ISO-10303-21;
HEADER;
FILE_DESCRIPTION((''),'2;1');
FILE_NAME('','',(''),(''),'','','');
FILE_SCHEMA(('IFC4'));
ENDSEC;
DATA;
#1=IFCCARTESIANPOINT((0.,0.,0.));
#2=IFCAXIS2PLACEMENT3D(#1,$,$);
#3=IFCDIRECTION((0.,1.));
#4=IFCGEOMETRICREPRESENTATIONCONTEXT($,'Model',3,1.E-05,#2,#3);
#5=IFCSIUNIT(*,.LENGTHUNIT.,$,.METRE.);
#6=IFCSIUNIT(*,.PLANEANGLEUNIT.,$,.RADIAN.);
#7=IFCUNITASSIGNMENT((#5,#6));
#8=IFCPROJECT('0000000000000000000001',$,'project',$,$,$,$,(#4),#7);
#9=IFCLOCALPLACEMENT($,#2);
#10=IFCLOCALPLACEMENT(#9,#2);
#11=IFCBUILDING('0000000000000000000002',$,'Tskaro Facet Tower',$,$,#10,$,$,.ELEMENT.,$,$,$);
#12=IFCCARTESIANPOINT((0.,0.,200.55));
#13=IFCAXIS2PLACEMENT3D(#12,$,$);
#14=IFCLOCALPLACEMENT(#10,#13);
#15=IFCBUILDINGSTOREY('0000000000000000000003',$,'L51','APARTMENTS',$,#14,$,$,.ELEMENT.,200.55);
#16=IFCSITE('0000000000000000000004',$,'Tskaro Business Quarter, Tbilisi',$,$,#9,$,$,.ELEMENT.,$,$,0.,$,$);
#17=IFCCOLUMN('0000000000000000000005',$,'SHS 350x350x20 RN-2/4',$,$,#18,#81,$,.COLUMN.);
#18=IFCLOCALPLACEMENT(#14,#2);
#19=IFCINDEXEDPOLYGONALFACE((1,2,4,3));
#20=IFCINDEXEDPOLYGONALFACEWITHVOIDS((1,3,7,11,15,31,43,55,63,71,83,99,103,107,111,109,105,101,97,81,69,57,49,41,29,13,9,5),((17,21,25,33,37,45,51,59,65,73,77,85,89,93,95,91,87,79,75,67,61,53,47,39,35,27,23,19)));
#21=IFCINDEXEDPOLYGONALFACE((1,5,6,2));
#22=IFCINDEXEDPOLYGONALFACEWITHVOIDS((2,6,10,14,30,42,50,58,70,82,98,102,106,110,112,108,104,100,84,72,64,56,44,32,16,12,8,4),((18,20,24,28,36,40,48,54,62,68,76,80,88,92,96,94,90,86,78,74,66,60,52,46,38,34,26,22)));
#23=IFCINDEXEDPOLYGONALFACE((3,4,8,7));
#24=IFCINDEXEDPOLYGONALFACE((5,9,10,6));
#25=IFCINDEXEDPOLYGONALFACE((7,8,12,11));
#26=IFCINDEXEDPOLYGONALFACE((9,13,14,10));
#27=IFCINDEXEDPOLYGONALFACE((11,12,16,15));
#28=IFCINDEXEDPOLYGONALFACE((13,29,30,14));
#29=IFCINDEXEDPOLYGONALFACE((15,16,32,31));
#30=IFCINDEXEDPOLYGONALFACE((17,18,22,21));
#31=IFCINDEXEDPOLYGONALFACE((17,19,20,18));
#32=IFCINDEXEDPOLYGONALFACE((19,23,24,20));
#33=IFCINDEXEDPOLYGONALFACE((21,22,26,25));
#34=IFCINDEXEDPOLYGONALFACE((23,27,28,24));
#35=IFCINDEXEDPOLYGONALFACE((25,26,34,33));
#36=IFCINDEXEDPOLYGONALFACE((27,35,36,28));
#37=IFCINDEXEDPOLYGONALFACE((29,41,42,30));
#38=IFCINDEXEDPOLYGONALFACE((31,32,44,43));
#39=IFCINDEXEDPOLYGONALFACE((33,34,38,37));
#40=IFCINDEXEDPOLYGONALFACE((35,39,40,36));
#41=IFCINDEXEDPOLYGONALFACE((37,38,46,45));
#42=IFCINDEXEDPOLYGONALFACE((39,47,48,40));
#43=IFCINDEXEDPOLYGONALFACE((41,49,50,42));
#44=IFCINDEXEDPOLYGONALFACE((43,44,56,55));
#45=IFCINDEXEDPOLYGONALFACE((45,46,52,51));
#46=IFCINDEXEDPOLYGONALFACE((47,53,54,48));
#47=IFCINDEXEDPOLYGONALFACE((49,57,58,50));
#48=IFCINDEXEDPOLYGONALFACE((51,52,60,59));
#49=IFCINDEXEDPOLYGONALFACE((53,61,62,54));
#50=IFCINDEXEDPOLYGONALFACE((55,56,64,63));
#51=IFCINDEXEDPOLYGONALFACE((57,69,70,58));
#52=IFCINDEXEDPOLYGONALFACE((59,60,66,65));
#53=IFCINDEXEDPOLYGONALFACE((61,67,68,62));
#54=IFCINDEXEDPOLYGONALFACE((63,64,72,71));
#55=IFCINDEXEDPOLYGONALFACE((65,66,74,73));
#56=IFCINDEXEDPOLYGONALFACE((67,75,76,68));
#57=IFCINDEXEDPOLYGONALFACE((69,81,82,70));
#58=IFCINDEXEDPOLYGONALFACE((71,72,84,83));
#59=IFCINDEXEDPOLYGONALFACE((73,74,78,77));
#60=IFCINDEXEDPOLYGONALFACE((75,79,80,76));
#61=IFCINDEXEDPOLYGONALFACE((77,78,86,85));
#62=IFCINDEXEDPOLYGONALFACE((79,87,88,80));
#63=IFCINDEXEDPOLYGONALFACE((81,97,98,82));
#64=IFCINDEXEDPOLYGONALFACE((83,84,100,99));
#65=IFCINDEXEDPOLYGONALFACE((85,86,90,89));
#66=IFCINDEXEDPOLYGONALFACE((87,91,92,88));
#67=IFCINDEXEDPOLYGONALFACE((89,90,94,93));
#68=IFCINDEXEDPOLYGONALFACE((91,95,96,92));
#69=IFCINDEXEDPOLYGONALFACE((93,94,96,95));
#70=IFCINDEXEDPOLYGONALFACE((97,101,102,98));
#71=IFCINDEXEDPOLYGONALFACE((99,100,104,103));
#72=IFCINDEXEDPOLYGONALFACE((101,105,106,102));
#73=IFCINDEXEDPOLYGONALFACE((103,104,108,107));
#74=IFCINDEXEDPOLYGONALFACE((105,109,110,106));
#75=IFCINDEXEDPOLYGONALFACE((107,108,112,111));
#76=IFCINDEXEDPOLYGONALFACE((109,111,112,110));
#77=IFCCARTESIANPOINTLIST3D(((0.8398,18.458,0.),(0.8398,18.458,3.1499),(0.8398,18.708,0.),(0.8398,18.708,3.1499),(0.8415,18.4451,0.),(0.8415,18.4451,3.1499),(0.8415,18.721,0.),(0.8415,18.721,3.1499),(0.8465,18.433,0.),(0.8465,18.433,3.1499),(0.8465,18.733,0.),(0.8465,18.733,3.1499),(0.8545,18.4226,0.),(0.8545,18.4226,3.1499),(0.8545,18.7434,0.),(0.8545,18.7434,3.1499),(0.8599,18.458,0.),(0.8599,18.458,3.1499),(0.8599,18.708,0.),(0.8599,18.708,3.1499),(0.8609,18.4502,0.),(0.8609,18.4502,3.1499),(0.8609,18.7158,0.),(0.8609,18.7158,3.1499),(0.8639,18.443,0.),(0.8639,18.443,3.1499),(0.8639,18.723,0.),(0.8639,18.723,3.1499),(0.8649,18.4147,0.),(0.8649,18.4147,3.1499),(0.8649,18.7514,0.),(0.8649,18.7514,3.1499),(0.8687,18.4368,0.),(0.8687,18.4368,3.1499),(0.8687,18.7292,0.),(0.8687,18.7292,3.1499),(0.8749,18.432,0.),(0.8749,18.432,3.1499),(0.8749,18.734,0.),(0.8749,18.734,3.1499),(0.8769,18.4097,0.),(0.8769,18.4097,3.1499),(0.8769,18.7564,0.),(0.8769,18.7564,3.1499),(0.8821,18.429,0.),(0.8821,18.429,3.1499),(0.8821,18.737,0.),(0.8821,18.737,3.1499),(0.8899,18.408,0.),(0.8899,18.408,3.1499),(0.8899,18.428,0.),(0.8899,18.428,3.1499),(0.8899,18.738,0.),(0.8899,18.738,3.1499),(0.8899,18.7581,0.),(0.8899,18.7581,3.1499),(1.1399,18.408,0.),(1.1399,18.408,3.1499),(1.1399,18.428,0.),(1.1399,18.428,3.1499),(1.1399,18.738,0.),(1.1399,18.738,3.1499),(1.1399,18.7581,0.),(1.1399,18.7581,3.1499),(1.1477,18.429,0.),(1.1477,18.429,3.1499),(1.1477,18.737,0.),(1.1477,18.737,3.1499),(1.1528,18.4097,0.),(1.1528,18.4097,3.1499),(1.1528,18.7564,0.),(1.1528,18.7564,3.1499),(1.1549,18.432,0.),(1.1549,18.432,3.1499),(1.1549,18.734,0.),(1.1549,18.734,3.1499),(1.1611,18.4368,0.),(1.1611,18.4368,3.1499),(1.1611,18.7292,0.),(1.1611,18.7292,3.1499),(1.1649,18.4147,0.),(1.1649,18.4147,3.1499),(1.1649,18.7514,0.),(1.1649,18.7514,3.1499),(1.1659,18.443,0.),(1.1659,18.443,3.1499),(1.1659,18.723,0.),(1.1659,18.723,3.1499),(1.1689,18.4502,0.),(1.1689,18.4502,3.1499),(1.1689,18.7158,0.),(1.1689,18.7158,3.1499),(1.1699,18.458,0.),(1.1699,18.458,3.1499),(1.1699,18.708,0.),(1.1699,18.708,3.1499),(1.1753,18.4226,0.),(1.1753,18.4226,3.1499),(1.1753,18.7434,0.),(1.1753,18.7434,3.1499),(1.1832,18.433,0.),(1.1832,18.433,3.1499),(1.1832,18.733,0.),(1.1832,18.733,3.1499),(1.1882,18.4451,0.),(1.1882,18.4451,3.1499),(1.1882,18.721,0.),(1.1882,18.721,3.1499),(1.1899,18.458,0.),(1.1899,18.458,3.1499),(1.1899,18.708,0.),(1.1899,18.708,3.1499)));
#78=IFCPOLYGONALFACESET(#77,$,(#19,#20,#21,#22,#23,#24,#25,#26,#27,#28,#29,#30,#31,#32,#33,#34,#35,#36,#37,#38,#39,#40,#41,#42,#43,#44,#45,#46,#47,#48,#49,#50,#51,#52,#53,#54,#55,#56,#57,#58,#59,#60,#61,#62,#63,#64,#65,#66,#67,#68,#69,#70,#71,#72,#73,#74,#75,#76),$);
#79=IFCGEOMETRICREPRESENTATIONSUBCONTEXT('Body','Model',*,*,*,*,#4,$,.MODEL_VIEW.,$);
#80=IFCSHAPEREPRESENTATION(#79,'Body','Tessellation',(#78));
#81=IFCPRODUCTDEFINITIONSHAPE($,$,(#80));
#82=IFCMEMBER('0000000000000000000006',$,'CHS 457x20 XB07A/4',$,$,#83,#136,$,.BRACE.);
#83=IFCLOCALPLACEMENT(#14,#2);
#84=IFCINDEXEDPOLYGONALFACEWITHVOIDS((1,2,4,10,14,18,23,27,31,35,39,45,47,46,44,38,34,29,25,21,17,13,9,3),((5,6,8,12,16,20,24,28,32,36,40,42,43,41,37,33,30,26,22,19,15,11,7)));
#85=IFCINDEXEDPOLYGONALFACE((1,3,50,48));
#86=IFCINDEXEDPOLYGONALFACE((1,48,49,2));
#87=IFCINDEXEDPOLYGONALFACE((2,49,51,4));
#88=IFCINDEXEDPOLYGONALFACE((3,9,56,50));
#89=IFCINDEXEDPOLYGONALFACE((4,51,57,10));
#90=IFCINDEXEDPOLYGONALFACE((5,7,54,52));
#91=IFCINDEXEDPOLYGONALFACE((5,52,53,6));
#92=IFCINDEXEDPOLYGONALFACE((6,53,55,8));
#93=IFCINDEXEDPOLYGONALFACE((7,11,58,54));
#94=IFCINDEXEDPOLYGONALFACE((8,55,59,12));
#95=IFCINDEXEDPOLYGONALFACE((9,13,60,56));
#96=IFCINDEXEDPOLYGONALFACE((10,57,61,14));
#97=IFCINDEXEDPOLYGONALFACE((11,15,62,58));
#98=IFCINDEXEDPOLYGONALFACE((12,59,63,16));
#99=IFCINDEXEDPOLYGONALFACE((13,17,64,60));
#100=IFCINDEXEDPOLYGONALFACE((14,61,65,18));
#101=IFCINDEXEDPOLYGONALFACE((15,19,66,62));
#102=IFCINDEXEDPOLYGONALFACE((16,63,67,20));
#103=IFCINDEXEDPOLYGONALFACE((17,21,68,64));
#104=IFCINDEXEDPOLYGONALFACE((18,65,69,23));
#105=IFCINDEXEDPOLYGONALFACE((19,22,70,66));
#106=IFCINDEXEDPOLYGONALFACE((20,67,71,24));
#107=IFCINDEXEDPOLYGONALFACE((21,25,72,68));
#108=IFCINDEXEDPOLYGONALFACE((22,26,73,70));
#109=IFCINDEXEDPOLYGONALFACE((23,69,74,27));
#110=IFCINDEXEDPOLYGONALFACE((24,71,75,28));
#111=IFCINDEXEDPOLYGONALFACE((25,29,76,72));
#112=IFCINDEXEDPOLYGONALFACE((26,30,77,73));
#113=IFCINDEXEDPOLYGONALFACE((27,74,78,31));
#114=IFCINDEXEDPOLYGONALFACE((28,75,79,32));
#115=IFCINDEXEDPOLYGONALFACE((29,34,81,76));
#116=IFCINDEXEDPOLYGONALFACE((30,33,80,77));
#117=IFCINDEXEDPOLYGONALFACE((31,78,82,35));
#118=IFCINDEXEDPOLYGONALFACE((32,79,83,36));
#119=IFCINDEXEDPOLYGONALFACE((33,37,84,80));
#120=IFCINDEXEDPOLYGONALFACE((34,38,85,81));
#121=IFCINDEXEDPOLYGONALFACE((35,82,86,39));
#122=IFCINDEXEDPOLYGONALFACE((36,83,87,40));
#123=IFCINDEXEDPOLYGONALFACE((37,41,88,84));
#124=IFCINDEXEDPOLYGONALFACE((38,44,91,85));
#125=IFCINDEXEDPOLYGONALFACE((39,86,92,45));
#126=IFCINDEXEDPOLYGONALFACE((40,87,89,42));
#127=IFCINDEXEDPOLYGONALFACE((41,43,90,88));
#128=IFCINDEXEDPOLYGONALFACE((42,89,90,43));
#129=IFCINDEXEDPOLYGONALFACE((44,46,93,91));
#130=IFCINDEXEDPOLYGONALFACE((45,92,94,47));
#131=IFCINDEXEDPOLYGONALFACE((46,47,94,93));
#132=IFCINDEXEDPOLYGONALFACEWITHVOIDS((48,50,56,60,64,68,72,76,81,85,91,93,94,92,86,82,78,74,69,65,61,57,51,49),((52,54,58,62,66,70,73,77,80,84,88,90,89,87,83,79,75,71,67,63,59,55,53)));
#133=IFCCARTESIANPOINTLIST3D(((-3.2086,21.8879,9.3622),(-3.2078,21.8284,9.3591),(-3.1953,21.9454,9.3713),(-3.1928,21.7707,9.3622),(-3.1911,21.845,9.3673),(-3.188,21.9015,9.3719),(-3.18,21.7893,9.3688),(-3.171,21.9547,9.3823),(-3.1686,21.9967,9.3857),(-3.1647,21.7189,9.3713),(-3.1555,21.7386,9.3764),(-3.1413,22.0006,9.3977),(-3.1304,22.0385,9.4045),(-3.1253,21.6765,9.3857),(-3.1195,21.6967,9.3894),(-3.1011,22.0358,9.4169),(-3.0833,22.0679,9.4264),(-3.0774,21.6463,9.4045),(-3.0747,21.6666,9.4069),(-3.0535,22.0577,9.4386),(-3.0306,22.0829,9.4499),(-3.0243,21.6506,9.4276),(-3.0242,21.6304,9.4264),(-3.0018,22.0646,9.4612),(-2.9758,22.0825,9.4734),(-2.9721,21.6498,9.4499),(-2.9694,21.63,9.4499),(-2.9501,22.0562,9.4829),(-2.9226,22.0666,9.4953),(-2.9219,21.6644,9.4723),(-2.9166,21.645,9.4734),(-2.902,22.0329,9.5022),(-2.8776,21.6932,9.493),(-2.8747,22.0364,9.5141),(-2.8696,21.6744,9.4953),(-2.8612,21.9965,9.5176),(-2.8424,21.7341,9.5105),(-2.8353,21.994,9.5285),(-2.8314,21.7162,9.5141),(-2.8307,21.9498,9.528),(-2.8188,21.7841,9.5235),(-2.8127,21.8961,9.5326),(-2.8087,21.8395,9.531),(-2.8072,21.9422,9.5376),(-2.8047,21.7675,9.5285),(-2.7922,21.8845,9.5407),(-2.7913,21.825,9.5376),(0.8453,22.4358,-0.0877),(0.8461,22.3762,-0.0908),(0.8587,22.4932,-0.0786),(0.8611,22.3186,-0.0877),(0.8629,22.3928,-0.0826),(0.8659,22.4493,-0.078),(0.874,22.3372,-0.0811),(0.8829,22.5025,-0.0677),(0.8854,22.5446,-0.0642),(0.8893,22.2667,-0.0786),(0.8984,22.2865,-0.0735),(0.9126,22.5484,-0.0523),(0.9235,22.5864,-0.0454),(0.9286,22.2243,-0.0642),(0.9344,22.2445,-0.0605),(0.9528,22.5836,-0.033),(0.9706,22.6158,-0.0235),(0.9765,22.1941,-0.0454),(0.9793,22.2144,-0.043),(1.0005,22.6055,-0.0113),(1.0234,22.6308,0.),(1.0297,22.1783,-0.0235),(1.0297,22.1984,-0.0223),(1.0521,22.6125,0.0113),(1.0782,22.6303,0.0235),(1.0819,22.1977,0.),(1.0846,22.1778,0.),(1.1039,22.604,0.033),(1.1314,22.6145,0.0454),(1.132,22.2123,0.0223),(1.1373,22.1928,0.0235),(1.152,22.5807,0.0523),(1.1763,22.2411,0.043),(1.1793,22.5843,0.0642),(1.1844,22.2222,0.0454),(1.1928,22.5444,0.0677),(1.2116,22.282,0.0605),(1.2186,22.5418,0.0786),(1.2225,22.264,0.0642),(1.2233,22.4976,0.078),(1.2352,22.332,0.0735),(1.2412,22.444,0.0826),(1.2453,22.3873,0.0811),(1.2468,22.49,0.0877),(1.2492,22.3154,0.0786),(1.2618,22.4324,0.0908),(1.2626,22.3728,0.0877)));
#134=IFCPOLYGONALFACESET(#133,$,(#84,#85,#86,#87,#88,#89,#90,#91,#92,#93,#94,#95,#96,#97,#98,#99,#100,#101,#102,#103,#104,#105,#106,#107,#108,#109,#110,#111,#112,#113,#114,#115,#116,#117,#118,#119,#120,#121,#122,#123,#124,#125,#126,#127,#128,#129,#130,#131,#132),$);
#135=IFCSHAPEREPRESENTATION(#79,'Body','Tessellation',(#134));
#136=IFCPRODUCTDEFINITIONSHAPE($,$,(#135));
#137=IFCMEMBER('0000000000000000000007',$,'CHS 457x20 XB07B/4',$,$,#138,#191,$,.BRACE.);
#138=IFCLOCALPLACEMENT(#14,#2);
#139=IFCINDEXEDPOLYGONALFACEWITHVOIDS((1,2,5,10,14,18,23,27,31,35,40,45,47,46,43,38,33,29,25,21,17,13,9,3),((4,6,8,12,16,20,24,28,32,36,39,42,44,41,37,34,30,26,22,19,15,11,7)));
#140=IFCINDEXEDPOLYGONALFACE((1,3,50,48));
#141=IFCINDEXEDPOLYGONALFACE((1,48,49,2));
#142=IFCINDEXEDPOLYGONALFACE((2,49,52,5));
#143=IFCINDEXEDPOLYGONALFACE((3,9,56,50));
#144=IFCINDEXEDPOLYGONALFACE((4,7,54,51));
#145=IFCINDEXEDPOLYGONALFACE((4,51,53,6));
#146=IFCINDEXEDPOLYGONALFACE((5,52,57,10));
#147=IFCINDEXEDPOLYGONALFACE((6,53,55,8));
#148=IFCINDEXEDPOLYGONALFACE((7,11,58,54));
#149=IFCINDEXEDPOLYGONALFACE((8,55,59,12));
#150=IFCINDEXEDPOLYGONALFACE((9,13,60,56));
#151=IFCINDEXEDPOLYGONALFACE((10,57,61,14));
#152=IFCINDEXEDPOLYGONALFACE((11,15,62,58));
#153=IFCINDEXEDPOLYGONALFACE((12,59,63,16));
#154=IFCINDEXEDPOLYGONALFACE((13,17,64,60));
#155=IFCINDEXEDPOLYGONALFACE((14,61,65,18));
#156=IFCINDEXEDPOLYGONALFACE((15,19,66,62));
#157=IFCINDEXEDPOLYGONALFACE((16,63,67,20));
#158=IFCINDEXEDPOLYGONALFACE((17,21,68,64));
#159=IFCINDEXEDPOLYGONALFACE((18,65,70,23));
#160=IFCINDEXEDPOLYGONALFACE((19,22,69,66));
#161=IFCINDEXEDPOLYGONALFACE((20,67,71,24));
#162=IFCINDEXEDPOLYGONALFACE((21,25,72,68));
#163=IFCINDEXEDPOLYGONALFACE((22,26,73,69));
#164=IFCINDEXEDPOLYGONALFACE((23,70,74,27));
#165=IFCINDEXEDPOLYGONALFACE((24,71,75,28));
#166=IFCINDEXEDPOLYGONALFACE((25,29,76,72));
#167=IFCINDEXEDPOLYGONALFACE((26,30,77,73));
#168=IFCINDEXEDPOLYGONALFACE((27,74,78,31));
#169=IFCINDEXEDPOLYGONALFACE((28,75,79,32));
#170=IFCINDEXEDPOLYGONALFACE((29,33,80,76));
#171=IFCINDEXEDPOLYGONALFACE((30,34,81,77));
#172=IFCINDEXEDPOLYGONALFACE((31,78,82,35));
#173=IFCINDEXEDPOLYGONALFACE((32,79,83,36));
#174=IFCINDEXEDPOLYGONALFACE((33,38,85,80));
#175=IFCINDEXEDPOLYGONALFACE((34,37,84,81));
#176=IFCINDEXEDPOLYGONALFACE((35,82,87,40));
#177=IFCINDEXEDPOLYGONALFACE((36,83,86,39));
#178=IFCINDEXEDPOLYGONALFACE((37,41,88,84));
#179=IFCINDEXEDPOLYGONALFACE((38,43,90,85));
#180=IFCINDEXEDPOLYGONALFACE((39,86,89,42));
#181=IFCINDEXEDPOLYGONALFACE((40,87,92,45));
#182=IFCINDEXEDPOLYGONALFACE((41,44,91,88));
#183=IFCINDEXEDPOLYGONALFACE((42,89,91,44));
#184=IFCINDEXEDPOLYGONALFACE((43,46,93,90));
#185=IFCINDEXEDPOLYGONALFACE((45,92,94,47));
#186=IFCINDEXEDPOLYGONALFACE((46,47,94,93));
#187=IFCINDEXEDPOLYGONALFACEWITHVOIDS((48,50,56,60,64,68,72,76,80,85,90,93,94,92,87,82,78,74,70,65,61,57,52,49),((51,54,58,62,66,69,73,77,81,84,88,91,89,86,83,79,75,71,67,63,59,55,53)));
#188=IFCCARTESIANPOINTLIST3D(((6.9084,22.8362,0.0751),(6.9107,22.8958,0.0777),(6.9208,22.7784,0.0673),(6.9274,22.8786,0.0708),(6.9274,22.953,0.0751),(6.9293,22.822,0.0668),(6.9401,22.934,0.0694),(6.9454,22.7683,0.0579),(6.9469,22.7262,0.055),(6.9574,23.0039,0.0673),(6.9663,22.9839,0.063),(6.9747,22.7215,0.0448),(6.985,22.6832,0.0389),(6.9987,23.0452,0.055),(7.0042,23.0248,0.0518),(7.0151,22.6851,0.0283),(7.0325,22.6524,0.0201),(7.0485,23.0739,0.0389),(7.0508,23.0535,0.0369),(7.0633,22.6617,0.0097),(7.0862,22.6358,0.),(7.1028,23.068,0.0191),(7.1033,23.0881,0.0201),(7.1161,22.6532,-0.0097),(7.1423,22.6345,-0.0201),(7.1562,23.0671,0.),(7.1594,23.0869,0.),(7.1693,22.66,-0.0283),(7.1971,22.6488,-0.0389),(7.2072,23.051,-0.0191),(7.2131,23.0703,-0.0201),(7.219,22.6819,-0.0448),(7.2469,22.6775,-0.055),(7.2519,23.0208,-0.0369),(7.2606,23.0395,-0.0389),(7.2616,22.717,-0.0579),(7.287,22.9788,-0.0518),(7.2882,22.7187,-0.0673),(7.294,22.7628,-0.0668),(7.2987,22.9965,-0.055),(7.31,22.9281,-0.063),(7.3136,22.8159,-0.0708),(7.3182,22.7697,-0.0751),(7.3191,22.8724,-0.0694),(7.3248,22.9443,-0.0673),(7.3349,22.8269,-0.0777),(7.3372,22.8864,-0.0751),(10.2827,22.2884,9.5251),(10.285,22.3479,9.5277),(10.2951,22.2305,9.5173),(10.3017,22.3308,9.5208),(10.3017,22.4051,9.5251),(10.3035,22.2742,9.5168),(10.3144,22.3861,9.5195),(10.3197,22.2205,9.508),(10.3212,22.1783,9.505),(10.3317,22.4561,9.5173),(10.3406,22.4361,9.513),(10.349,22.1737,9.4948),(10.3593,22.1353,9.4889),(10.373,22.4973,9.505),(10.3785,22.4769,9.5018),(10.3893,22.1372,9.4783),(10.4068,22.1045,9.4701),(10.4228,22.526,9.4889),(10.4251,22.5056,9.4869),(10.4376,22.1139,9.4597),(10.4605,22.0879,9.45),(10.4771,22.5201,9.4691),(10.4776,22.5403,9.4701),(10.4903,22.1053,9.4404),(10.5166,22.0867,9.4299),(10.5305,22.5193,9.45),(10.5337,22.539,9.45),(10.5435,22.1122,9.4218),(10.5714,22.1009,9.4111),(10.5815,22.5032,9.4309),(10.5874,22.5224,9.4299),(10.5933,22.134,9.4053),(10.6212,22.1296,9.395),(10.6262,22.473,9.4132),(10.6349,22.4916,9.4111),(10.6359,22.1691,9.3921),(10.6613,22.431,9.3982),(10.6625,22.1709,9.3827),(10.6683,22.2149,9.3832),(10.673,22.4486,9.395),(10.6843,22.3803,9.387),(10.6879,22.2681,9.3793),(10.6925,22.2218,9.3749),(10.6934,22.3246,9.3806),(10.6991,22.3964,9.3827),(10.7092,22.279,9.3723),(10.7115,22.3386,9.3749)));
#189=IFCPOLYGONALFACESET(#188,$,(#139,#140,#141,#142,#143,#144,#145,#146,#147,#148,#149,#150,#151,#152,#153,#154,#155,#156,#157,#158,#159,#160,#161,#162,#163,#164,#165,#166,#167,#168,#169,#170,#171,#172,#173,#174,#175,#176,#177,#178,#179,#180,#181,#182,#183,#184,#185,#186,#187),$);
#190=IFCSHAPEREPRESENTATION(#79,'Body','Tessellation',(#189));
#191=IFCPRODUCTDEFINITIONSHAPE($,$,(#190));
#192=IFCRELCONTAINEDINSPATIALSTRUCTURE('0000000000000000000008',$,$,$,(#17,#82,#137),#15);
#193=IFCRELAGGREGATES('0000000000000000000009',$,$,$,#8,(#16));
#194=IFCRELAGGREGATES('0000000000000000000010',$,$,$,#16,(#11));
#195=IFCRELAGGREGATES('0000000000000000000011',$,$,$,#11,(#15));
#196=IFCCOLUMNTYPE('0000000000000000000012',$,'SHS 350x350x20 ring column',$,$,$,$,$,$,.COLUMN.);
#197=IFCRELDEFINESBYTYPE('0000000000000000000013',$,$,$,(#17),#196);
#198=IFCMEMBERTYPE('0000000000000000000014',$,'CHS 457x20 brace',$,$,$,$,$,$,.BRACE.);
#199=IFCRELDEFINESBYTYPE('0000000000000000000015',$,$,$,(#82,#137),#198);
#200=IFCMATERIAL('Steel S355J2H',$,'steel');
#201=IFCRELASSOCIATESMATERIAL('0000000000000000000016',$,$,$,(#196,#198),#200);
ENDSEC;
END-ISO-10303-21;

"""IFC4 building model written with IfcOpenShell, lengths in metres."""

from ifc_helpers import new_model, si_unit, direction, frame, origin, origin_2d, place, context, subcontext, project, spatial, hollow_rectangle, hollow_circle, extrude, material, material_profile, profile_set, type_object, element, save


model = new_model("IFC4")

# Units and contexts
model_context = context("Model", 3, precision=1e-05, world=origin(), true_north=direction((0.0, 1.0)))
body_context = subcontext(model_context, "Body", "Model", "MODEL_VIEW")
ifc_project = project(units=[si_unit("LENGTHUNIT", "METRE"), si_unit("PLANEANGLEUNIT", "RADIAN")], contexts=[model_context])

# Site, building, storey
site_placement = place(None, origin())
site = spatial("IfcSite", under=ifc_project, at=site_placement, Name="Tskaro Business Quarter, Tbilisi", CompositionType="ELEMENT", RefElevation=0.0)
building_placement = place(site_placement, origin())
building = spatial("IfcBuilding", under=site, at=building_placement, Name="Tskaro Facet Tower", CompositionType="ELEMENT")
storey_placement = place(building_placement, frame((0.0, 0.0, 200.55)))
storey = spatial("IfcBuildingStorey", under=building, at=storey_placement, Name="L51", Description="APARTMENTS", CompositionType="ELEMENT", Elevation=200.55)

# Column
ifc_material_1 = material(Name="Steel S355J2H", Category="steel")
ifc_material_profile_1 = material_profile(ifc_material_1, hollow_rectangle(XDim=0.3501, YDim=0.3501, WallThickness=0.02, InnerFilletRadius=0.03, OuterFilletRadius=0.05, at=origin_2d()), Name="SHS 350x350x20")
ifc_profile_set_1 = profile_set([ifc_material_profile_1], Name="Steel S355J2H")
column_type = type_object("IfcColumnType", Name="SHS 350x350x20 ring column", PredefinedType="COLUMN", material=ifc_profile_set_1)
column_placement = place(storey_placement, frame((1.0149, 18.583, 0.0), z_axis=(0.0, 0.0, 1.0), x_axis=(1.0, 0.0, 0.0)))
element("IfcColumn", 1, at=column_placement, inside=storey, type_object=column_type, Name="SHS 350x350x20 RN-2/4", PredefinedType="COLUMN", context=body_context, shape_type="SweptSolid", body=[
    extrude(hollow_rectangle(XDim=0.3501, YDim=0.3501, WallThickness=0.02, InnerFilletRadius=0.03, OuterFilletRadius=0.05, at=origin_2d()), origin(), (0.0, 0.0, 1.0), 3.1499),
])

# Members
ifc_material_profile_2 = material_profile(ifc_material_1, hollow_circle(Radius=0.2285, WallThickness=0.02, at=origin_2d()), Name="CHS 457x20")
ifc_profile_set_2 = profile_set([ifc_material_profile_2], Name="Steel S355J2H")
member_type_1 = type_object("IfcMemberType", Name="CHS 457x20 brace", PredefinedType="BRACE", material=ifc_profile_set_2)
member_1_placement = place(storey_placement, frame((1.054, 22.4043, 0.0), z_axis=(-0.393688, -0.053203, 0.917703), x_axis=(0.133923, -0.990992, 0.0)))
element("IfcMember", 2, at=member_1_placement, inside=storey, type_object=member_type_1, Name="CHS 457x20 XB07A/4", PredefinedType="BRACE", context=body_context, shape_type="SweptSolid", body=[
    extrude(hollow_circle(Radius=0.2285, WallThickness=0.02, at=origin_2d()), origin(), (0.0, 0.0, 1.0), 10.2974),
])
member_2_placement = place(storey_placement, frame((7.1228, 22.8613, 0.0), z_axis=(0.335773, -0.054517, 0.940364), x_axis=(0.160263, 0.987074, 0.0)))
element("IfcMember", 3, at=member_2_placement, inside=storey, type_object=member_type_1, Name="CHS 457x20 XB07B/4", PredefinedType="BRACE", context=body_context, shape_type="SweptSolid", body=[
    extrude(hollow_circle(Radius=0.2285, WallThickness=0.02, at=origin_2d()), origin(), (0.0, 0.0, 1.0), 10.0493),
])

save(model, "model.ifc")
